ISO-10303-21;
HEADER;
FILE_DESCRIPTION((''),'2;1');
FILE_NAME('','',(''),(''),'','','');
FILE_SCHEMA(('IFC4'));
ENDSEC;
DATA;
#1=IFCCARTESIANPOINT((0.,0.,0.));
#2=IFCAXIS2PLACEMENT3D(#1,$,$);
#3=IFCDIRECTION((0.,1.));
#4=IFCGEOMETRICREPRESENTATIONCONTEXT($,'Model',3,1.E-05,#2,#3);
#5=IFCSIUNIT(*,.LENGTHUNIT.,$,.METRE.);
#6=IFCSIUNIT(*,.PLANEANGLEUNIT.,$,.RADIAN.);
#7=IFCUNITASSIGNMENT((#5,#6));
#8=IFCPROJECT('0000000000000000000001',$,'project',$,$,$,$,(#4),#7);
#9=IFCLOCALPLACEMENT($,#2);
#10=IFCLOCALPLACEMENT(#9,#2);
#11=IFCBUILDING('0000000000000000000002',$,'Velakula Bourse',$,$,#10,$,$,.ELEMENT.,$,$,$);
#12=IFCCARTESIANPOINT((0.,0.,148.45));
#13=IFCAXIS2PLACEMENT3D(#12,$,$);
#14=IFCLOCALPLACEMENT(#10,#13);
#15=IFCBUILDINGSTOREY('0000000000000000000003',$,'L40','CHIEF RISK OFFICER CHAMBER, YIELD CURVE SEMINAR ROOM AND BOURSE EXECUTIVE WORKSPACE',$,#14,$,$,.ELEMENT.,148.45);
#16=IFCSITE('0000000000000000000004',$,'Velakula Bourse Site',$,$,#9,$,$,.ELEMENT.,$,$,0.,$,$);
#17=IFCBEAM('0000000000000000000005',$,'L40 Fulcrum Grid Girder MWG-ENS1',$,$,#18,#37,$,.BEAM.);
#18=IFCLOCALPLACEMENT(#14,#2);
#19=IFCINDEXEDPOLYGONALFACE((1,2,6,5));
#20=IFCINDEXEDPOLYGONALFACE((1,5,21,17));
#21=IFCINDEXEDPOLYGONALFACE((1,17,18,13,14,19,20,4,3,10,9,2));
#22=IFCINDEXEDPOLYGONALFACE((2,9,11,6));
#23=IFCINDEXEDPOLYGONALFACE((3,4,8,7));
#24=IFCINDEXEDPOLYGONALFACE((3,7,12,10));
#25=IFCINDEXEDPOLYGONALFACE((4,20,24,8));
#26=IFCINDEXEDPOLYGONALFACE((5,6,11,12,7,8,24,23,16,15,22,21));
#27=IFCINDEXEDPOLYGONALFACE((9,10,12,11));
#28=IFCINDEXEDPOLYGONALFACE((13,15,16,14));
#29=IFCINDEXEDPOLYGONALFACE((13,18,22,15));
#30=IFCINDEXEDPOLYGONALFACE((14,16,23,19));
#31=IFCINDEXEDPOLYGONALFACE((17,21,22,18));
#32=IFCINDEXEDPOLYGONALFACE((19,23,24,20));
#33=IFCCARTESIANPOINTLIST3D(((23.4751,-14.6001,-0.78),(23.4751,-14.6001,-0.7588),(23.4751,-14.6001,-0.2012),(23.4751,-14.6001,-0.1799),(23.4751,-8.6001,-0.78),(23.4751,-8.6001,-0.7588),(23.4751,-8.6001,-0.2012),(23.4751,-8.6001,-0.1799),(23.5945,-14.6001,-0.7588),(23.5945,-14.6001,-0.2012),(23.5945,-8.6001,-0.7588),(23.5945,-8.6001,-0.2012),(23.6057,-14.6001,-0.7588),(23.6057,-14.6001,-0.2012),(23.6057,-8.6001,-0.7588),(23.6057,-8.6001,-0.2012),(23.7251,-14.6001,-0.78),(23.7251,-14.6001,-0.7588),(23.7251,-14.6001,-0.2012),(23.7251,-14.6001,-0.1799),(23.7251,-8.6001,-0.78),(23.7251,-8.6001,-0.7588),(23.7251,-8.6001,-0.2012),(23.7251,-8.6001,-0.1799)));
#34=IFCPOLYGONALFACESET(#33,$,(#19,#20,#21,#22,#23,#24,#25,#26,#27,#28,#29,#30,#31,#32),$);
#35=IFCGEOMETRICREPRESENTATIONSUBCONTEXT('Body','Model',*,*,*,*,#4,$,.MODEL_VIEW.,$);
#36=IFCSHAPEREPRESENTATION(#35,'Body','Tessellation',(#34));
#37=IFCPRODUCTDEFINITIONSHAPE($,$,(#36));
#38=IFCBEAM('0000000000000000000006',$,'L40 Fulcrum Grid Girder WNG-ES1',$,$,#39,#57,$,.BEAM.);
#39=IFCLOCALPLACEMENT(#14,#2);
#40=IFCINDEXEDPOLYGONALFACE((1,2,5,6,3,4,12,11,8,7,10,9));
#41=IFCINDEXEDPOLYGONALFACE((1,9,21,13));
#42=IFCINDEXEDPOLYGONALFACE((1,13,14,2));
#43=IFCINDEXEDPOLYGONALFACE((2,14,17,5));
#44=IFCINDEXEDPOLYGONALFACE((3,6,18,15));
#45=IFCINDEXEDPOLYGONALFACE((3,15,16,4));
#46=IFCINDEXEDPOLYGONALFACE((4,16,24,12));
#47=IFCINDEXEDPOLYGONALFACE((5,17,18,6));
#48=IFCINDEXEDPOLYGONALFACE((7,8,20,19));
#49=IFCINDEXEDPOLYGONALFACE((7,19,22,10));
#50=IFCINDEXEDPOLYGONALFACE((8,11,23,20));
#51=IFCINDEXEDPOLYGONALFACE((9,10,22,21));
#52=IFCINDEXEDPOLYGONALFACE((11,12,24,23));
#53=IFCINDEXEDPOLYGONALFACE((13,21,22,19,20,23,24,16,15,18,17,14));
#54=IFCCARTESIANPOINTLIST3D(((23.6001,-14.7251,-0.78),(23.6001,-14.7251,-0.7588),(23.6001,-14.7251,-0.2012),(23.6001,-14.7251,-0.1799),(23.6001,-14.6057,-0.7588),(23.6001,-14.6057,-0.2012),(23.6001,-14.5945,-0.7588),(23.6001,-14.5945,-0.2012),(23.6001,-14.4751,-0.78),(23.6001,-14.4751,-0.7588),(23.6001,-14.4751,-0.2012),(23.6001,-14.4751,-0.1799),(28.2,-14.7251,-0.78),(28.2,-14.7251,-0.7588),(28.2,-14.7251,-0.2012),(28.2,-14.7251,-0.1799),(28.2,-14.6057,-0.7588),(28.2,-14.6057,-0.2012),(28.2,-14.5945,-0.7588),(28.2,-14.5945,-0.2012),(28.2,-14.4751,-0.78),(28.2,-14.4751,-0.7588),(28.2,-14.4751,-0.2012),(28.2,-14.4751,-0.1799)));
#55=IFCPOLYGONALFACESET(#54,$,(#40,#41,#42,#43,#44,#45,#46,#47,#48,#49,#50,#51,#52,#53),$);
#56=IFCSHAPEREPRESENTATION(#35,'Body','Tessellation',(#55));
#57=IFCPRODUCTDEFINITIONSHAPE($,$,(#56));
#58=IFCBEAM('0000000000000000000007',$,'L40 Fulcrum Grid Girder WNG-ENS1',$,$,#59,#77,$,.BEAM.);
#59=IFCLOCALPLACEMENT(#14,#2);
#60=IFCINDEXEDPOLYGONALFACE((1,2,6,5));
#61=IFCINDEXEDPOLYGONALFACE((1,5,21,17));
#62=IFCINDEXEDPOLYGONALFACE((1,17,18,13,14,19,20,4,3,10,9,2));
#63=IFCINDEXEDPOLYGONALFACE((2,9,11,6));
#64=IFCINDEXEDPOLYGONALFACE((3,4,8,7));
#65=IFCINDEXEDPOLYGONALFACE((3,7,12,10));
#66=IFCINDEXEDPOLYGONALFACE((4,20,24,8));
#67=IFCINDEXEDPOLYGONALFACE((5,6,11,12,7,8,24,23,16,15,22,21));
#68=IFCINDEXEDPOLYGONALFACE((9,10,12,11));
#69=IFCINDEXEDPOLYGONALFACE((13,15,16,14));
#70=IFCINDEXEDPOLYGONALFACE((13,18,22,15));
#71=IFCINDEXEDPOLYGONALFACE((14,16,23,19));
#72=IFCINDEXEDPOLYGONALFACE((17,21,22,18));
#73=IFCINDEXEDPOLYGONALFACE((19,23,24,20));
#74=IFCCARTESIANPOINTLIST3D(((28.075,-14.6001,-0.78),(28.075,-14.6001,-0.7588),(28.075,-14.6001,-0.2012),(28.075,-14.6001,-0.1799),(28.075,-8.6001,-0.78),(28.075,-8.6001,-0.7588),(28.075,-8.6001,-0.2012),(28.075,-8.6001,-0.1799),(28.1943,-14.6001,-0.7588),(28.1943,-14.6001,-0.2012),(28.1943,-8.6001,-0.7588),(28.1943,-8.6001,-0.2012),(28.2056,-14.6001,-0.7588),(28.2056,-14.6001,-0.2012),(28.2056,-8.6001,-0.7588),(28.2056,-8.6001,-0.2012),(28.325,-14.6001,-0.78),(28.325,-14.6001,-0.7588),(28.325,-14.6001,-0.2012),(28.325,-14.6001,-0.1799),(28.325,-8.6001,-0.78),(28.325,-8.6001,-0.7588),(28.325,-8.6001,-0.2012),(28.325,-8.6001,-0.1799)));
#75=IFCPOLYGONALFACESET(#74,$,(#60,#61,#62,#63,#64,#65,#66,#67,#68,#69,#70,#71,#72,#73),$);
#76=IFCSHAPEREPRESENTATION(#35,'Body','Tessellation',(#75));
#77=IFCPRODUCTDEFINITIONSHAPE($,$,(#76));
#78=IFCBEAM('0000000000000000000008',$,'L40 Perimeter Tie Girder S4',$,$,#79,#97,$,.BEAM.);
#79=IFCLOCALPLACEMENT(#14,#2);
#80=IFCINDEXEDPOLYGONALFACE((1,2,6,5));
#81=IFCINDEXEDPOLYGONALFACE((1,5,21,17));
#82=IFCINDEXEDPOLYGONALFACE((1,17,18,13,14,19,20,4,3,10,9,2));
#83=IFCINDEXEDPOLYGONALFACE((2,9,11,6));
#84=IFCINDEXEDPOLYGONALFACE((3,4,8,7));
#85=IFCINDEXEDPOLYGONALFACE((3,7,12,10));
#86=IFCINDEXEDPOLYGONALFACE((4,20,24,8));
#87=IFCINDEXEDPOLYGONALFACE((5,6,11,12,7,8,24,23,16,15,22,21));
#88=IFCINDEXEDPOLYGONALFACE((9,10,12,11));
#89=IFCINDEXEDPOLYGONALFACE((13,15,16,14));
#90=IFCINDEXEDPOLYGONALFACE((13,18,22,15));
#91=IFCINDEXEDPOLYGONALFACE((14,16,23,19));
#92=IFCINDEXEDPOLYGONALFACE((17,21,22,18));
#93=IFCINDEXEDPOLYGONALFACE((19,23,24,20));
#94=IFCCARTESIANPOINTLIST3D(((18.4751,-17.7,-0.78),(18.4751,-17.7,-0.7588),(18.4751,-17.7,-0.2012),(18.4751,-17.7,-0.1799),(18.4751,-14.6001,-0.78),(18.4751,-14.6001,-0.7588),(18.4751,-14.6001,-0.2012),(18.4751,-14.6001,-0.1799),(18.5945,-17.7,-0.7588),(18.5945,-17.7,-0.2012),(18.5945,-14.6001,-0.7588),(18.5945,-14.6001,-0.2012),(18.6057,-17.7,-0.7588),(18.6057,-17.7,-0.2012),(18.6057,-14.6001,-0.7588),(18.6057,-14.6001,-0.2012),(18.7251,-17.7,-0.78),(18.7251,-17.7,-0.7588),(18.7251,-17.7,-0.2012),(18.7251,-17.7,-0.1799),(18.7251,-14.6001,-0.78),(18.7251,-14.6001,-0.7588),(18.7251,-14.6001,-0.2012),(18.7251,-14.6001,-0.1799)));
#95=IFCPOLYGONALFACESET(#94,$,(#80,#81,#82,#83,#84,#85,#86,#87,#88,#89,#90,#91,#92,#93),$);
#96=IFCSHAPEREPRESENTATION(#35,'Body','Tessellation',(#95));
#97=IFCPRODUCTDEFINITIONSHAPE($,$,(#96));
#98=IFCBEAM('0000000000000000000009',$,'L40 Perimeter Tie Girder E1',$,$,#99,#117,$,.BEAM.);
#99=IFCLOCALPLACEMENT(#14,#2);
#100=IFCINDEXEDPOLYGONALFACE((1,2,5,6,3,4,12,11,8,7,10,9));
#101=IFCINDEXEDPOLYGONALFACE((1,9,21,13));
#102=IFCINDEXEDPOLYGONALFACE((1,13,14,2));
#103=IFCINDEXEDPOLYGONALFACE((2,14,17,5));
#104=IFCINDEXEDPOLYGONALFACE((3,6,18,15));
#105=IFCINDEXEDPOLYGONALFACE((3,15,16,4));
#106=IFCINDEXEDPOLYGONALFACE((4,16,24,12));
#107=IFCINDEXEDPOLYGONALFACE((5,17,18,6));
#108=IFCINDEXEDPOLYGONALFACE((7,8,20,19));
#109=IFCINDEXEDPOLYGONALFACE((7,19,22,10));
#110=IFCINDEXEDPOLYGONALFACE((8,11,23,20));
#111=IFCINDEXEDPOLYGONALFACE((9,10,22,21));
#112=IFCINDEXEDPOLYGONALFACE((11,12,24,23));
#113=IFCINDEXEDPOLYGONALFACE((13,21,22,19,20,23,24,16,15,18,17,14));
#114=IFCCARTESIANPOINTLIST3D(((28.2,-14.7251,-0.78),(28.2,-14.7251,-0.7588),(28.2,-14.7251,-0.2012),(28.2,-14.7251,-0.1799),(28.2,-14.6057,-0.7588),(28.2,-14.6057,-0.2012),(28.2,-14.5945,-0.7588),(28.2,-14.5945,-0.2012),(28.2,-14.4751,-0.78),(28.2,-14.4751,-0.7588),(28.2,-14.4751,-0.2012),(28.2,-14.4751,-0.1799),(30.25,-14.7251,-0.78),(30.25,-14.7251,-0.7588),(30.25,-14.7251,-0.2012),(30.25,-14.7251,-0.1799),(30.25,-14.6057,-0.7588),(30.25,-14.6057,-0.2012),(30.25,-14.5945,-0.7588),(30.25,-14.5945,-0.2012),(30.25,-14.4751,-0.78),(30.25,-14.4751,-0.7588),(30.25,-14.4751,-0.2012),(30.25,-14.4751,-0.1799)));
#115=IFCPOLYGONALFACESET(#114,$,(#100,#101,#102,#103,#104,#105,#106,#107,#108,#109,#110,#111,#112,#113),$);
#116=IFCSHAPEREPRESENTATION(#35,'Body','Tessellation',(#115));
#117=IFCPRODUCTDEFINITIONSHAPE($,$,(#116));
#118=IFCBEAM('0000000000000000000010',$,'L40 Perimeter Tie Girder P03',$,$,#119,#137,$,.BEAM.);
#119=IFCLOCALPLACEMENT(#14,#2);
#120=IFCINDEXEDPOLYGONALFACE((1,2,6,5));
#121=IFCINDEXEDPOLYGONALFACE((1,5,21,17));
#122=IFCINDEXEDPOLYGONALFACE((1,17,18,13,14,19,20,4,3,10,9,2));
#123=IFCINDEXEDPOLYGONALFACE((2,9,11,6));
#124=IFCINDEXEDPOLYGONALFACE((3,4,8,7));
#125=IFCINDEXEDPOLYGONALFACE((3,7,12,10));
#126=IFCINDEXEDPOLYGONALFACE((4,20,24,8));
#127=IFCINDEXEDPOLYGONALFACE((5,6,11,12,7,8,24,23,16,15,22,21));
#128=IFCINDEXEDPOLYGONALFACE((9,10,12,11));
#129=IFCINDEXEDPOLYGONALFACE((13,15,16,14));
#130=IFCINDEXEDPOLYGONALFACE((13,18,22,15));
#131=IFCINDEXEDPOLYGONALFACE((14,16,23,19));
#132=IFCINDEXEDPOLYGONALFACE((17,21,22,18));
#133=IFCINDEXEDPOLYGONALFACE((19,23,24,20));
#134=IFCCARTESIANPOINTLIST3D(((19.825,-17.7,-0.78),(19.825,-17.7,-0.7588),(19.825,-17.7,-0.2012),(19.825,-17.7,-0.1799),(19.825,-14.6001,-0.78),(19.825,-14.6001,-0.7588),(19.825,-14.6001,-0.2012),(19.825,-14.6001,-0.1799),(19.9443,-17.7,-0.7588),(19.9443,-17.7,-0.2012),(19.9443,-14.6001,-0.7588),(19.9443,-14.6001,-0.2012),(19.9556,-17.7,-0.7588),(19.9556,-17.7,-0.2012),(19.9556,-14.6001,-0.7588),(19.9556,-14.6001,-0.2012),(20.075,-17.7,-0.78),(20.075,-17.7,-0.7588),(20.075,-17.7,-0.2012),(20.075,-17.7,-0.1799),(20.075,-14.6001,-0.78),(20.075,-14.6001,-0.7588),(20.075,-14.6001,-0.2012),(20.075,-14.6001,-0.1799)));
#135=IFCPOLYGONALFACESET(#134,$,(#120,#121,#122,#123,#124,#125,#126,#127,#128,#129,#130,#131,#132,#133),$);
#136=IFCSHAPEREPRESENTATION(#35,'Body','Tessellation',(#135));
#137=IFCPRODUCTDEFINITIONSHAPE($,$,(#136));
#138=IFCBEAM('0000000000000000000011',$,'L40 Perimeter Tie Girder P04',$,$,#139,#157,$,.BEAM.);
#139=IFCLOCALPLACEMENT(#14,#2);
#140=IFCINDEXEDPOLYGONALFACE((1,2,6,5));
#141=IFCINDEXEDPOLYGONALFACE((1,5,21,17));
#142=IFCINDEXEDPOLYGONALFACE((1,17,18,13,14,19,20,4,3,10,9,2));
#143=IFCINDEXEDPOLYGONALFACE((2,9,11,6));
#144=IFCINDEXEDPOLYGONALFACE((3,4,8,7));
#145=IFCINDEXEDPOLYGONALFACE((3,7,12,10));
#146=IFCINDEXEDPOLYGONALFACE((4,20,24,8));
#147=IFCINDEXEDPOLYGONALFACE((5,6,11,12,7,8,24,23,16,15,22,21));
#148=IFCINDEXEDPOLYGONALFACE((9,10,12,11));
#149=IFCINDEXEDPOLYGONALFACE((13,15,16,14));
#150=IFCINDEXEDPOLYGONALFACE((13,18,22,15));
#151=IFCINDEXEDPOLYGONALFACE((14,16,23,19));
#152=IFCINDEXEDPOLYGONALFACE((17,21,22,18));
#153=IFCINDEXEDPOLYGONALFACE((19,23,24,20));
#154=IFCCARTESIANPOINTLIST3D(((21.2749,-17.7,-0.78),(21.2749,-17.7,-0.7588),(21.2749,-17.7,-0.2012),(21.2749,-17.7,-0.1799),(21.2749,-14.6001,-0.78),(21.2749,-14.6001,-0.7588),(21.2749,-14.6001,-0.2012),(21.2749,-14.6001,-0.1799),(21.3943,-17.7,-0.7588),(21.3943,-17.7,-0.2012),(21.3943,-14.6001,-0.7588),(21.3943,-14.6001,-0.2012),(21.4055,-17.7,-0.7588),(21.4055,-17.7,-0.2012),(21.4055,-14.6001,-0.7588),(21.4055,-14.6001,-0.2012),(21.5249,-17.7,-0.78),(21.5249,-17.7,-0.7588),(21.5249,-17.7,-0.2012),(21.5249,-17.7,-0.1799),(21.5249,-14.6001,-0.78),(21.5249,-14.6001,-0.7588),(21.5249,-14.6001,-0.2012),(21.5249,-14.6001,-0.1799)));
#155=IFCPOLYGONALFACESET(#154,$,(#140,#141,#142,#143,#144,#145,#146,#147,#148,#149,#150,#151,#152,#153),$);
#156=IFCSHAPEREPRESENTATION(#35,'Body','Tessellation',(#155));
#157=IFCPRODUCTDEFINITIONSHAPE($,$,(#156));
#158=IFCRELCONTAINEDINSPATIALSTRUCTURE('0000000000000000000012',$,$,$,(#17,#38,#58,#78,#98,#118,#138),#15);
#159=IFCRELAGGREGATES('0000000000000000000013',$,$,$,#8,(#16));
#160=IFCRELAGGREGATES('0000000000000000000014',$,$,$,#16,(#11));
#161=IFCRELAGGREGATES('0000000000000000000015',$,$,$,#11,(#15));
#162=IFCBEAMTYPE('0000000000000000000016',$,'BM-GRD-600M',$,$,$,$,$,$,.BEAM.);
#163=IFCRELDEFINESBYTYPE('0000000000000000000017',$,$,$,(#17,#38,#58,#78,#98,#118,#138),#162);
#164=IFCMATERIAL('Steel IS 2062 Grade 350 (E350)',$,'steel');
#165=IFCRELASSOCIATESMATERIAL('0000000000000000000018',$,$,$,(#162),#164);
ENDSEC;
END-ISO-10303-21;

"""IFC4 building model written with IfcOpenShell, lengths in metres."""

from ifc_helpers import new_model, si_unit, direction, frame, origin, origin_2d, place, context, subcontext, project, spatial, i_section, extrude, material, material_profile, profile_set, type_object, element, save


model = new_model("IFC4")

# Units and contexts
model_context = context("Model", 3, precision=1e-05, world=origin(), true_north=direction((0.0, 1.0)))
body_context = subcontext(model_context, "Body", "Model", "MODEL_VIEW")
ifc_project = project(units=[si_unit("LENGTHUNIT", "METRE"), si_unit("PLANEANGLEUNIT", "RADIAN")], contexts=[model_context])

# Site, building, storey
site_placement = place(None, origin())
site = spatial("IfcSite", under=ifc_project, at=site_placement, Name="Velakula Bourse Site", CompositionType="ELEMENT", RefElevation=0.0)
building_placement = place(site_placement, origin())
building = spatial("IfcBuilding", under=site, at=building_placement, Name="Velakula Bourse", CompositionType="ELEMENT")
storey_placement = place(building_placement, frame((0.0, 0.0, 148.45)))
storey = spatial("IfcBuildingStorey", under=building, at=storey_placement, Name="L40", Description="CHIEF RISK OFFICER CHAMBER, YIELD CURVE SEMINAR ROOM AND BOURSE EXECUTIVE WORKSPACE", CompositionType="ELEMENT", Elevation=148.45)

# Shared definitions
ifc_material_1 = material(Name="Steel IS 2062 Grade 350 (E350)", Category="steel")

# Beams
ifc_material_profile_1 = material_profile(ifc_material_1, i_section(OverallWidth=0.25, OverallDepth=0.6001, WebThickness=0.0112, FlangeThickness=0.0212, at=origin_2d()), Name="Steel IS 2062 Grade 350 (E350)")
ifc_profile_set_1 = profile_set([ifc_material_profile_1], Name="Steel IS 2062 Grade 350 (E350)")
beam_type = type_object("IfcBeamType", Name="BM-GRD-600M", PredefinedType="BEAM", material=ifc_profile_set_1)
beam_1_placement = place(storey_placement, frame((23.6001, -14.6001, -0.48), z_axis=(0.0, 1.0, 0.0), x_axis=(-1.0, 0.0, 0.0)))
element("IfcBeam", 1, at=beam_1_placement, inside=storey, type_object=beam_type, Name="L40 Fulcrum Grid Girder MWG-ENS1", PredefinedType="BEAM", context=body_context, shape_type="SweptSolid", body=[
    extrude(i_section(OverallWidth=0.25, OverallDepth=0.6001, WebThickness=0.0112, FlangeThickness=0.0212, at=origin_2d()), origin(), (0.0, 0.0, 1.0), 6.0),
])
beam_2_placement = place(storey_placement, frame((23.6001, -14.6001, -0.48), z_axis=(1.0, 0.0, 0.0), x_axis=(0.0, 1.0, 0.0)))
element("IfcBeam", 2, at=beam_2_placement, inside=storey, type_object=beam_type, Name="L40 Fulcrum Grid Girder WNG-ES1", PredefinedType="BEAM", context=body_context, shape_type="SweptSolid", body=[
    extrude(i_section(OverallWidth=0.25, OverallDepth=0.6001, WebThickness=0.0112, FlangeThickness=0.0212, at=origin_2d()), origin(), (0.0, 0.0, 1.0), 4.5999),
])
beam_3_placement = place(storey_placement, frame((28.2, -14.6001, -0.48), z_axis=(0.0, 1.0, 0.0), x_axis=(-1.0, 0.0, 0.0)))
element("IfcBeam", 3, at=beam_3_placement, inside=storey, type_object=beam_type, Name="L40 Fulcrum Grid Girder WNG-ENS1", PredefinedType="BEAM", context=body_context, shape_type="SweptSolid", body=[
    extrude(i_section(OverallWidth=0.25, OverallDepth=0.6001, WebThickness=0.0112, FlangeThickness=0.0212, at=origin_2d()), origin(), (0.0, 0.0, 1.0), 6.0),
])
beam_4_placement = place(storey_placement, frame((18.6001, -14.6001, -0.48), z_axis=(0.0, -1.0, 0.0), x_axis=(1.0, 0.0, 0.0)))
element("IfcBeam", 4, at=beam_4_placement, inside=storey, type_object=beam_type, Name="L40 Perimeter Tie Girder S4", PredefinedType="BEAM", context=body_context, shape_type="SweptSolid", body=[
    extrude(i_section(OverallWidth=0.25, OverallDepth=0.6001, WebThickness=0.0112, FlangeThickness=0.0212, at=origin_2d()), origin(), (0.0, 0.0, 1.0), 3.0999),
])
beam_5_placement = place(storey_placement, frame((28.2, -14.6001, -0.48), z_axis=(1.0, 0.0, 0.0), x_axis=(0.0, 1.0, 0.0)))
element("IfcBeam", 5, at=beam_5_placement, inside=storey, type_object=beam_type, Name="L40 Perimeter Tie Girder E1", PredefinedType="BEAM", context=body_context, shape_type="SweptSolid", body=[
    extrude(i_section(OverallWidth=0.25, OverallDepth=0.6001, WebThickness=0.0112, FlangeThickness=0.0212, at=origin_2d()), origin(), (0.0, 0.0, 1.0), 2.05),
])
for number, where, z_axis, x_axis, name in (
    (6, (19.95, -14.6001, -0.48), (0.0, -1.0, 0.0), (1.0, 0.0, 0.0), "L40 Perimeter Tie Girder P03"),
    (7, (21.3999, -14.6001, -0.48), (0.0, -1.0, 0.0), (1.0, 0.0, 0.0), "L40 Perimeter Tie Girder P04"),
):
    element("IfcBeam", number, at=place(storey_placement, frame(where, z_axis=z_axis, x_axis=x_axis)), inside=storey, type_object=beam_type, Name=name, PredefinedType="BEAM", context=body_context, shape_type="SweptSolid", body=[
        extrude(i_section(OverallWidth=0.25, OverallDepth=0.6001, WebThickness=0.0112, FlangeThickness=0.0212, at=origin_2d()), origin(), (0.0, 0.0, 1.0), 3.0999),
    ])

save(model, "model.ifc")
